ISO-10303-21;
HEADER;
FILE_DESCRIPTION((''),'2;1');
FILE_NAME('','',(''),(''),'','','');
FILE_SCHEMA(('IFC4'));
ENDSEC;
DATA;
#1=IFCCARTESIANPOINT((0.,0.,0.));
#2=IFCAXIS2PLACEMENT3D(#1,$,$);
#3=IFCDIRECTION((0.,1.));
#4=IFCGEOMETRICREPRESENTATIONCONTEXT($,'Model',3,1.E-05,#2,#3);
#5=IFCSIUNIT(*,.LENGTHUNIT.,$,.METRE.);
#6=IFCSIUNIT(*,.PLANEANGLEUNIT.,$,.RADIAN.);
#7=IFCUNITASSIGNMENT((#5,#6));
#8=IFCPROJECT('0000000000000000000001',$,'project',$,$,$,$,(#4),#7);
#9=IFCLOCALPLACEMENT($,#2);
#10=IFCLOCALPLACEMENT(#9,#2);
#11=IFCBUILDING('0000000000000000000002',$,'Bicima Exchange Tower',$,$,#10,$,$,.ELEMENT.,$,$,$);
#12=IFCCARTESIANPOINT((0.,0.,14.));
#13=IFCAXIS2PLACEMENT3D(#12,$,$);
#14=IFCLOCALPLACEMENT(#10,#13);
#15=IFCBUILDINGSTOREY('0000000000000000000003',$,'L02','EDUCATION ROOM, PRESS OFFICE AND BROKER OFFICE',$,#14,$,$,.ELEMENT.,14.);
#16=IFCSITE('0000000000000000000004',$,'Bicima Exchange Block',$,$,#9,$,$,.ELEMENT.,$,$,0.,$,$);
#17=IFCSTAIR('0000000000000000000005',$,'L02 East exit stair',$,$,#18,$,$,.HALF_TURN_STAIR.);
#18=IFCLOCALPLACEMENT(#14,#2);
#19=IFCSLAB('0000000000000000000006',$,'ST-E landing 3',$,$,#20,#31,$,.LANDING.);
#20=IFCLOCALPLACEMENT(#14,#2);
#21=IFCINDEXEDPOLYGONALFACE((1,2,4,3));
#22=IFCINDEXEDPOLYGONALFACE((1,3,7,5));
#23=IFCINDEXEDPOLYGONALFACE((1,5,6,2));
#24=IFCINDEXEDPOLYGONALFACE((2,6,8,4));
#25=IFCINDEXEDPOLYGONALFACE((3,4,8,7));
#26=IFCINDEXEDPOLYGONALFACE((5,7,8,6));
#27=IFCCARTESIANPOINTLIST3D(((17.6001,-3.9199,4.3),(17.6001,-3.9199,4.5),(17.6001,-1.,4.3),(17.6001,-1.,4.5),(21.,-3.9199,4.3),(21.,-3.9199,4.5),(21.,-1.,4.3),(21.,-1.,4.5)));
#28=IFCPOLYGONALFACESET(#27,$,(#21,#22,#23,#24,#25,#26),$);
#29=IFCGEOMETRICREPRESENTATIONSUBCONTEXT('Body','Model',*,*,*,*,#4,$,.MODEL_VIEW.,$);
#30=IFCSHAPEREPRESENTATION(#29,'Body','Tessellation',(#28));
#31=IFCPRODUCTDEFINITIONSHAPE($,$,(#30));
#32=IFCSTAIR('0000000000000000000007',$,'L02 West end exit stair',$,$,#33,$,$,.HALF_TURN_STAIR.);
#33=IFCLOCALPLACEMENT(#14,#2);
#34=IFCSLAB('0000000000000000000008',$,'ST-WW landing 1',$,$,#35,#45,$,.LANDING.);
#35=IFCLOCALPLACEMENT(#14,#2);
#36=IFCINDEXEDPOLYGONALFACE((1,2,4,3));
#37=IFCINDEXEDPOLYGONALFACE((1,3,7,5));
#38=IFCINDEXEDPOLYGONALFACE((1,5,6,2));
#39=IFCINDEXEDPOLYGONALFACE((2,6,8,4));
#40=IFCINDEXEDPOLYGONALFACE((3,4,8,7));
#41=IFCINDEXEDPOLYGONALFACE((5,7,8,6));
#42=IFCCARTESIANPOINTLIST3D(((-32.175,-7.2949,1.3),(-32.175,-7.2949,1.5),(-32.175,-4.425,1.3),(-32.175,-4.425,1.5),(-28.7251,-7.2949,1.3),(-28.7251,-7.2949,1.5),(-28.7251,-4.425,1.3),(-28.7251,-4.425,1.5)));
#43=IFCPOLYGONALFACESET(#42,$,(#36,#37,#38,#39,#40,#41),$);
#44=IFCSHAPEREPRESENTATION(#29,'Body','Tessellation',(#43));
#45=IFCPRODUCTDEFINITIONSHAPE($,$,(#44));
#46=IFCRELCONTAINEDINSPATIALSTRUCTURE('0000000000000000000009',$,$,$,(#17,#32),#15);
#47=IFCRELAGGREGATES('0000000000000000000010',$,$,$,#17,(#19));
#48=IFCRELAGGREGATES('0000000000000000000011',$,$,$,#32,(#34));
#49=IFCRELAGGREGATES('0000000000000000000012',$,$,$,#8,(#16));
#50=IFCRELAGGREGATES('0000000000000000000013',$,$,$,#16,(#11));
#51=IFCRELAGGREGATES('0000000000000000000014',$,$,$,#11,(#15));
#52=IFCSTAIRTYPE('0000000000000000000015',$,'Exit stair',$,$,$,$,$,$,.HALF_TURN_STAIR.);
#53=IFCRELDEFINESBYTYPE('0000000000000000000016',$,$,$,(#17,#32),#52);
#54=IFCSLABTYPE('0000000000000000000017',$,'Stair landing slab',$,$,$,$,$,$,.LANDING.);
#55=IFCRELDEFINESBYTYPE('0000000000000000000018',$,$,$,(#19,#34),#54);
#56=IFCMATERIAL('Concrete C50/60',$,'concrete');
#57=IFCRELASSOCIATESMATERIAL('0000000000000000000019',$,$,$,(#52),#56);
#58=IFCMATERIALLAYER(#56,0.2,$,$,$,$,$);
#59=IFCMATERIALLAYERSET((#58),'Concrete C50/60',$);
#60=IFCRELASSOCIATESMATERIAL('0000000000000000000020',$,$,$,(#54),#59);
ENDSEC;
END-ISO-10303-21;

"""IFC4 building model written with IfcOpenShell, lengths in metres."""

from ifc_helpers import new_model, si_unit, direction, frame, origin, place, context, subcontext, project, spatial, polyline, outline, extrude, material, layer, layer_set, type_object, element, aggregate, save


model = new_model("IFC4")

# Units and contexts
model_context = context("Model", 3, precision=1e-05, world=origin(), true_north=direction((0.0, 1.0)))
body_context = subcontext(model_context, "Body", "Model", "MODEL_VIEW")
ifc_project = project(units=[si_unit("LENGTHUNIT", "METRE"), si_unit("PLANEANGLEUNIT", "RADIAN")], contexts=[model_context])

# Site, building, storey
site_placement = place(None, origin())
site = spatial("IfcSite", under=ifc_project, at=site_placement, Name="Bicima Exchange Block", CompositionType="ELEMENT", RefElevation=0.0)
building_placement = place(site_placement, origin())
building = spatial("IfcBuilding", under=site, at=building_placement, Name="Bicima Exchange Tower", CompositionType="ELEMENT")
storey_placement = place(building_placement, frame((0.0, 0.0, 14.0)))
storey = spatial("IfcBuildingStorey", under=building, at=storey_placement, Name="L02", Description="EDUCATION ROOM, PRESS OFFICE AND BROKER OFFICE", CompositionType="ELEMENT", Elevation=14.0)

# Stair, slab
ifc_material_1 = material(Name="Concrete C50/60", Category="concrete")
stair_type_1 = type_object("IfcStairType", Name="Exit stair", PredefinedType="HALF_TURN_STAIR", material=ifc_material_1)
ifc_layer_1 = layer(ifc_material_1, 0.2)
ifc_layer_set_1 = layer_set([ifc_layer_1], Name="Concrete C50/60")
slab_type_1 = type_object("IfcSlabType", Name="Stair landing slab", PredefinedType="LANDING", material=ifc_layer_set_1)
stair_1_placement = place(storey_placement, origin())
stair_1 = element("IfcStair", 1, at=stair_1_placement, inside=storey, type_object=stair_type_1, Name="L02 East exit stair", PredefinedType="HALF_TURN_STAIR")
slab_1_placement = place(storey_placement, frame((0.0, 0.0, 4.3)))
slab_1 = element("IfcSlab", 2, at=slab_1_placement, type_object=slab_type_1, Name="ST-E landing 3", PredefinedType="LANDING", context=body_context, shape_type="SweptSolid", body=[
    extrude(outline(polyline([(21.0, -3.9199), (21.0, -1.0), (17.6001, -1.0), (17.6001, -3.9199), (21.0, -3.9199)])), origin(), (0.0, 0.0, 1.0), 0.2),
])
aggregate(stair_1, [slab_1])

# Stair, slab
stair_2_placement = place(storey_placement, origin())
stair_2 = element("IfcStair", 3, at=stair_2_placement, inside=storey, type_object=stair_type_1, Name="L02 West end exit stair", PredefinedType="HALF_TURN_STAIR")
slab_2_placement = place(storey_placement, frame((0.0, 0.0, 1.3)))
slab_2 = element("IfcSlab", 4, at=slab_2_placement, type_object=slab_type_1, Name="ST-WW landing 1", PredefinedType="LANDING", context=body_context, shape_type="SweptSolid", body=[
    extrude(outline(polyline([(-28.7251, -7.2949), (-28.7251, -4.425), (-32.175, -4.425), (-32.175, -7.2949), (-28.7251, -7.2949)])), origin(), (0.0, 0.0, 1.0), 0.2),
])
aggregate(stair_2, [slab_2])

save(model, "model.ifc")
